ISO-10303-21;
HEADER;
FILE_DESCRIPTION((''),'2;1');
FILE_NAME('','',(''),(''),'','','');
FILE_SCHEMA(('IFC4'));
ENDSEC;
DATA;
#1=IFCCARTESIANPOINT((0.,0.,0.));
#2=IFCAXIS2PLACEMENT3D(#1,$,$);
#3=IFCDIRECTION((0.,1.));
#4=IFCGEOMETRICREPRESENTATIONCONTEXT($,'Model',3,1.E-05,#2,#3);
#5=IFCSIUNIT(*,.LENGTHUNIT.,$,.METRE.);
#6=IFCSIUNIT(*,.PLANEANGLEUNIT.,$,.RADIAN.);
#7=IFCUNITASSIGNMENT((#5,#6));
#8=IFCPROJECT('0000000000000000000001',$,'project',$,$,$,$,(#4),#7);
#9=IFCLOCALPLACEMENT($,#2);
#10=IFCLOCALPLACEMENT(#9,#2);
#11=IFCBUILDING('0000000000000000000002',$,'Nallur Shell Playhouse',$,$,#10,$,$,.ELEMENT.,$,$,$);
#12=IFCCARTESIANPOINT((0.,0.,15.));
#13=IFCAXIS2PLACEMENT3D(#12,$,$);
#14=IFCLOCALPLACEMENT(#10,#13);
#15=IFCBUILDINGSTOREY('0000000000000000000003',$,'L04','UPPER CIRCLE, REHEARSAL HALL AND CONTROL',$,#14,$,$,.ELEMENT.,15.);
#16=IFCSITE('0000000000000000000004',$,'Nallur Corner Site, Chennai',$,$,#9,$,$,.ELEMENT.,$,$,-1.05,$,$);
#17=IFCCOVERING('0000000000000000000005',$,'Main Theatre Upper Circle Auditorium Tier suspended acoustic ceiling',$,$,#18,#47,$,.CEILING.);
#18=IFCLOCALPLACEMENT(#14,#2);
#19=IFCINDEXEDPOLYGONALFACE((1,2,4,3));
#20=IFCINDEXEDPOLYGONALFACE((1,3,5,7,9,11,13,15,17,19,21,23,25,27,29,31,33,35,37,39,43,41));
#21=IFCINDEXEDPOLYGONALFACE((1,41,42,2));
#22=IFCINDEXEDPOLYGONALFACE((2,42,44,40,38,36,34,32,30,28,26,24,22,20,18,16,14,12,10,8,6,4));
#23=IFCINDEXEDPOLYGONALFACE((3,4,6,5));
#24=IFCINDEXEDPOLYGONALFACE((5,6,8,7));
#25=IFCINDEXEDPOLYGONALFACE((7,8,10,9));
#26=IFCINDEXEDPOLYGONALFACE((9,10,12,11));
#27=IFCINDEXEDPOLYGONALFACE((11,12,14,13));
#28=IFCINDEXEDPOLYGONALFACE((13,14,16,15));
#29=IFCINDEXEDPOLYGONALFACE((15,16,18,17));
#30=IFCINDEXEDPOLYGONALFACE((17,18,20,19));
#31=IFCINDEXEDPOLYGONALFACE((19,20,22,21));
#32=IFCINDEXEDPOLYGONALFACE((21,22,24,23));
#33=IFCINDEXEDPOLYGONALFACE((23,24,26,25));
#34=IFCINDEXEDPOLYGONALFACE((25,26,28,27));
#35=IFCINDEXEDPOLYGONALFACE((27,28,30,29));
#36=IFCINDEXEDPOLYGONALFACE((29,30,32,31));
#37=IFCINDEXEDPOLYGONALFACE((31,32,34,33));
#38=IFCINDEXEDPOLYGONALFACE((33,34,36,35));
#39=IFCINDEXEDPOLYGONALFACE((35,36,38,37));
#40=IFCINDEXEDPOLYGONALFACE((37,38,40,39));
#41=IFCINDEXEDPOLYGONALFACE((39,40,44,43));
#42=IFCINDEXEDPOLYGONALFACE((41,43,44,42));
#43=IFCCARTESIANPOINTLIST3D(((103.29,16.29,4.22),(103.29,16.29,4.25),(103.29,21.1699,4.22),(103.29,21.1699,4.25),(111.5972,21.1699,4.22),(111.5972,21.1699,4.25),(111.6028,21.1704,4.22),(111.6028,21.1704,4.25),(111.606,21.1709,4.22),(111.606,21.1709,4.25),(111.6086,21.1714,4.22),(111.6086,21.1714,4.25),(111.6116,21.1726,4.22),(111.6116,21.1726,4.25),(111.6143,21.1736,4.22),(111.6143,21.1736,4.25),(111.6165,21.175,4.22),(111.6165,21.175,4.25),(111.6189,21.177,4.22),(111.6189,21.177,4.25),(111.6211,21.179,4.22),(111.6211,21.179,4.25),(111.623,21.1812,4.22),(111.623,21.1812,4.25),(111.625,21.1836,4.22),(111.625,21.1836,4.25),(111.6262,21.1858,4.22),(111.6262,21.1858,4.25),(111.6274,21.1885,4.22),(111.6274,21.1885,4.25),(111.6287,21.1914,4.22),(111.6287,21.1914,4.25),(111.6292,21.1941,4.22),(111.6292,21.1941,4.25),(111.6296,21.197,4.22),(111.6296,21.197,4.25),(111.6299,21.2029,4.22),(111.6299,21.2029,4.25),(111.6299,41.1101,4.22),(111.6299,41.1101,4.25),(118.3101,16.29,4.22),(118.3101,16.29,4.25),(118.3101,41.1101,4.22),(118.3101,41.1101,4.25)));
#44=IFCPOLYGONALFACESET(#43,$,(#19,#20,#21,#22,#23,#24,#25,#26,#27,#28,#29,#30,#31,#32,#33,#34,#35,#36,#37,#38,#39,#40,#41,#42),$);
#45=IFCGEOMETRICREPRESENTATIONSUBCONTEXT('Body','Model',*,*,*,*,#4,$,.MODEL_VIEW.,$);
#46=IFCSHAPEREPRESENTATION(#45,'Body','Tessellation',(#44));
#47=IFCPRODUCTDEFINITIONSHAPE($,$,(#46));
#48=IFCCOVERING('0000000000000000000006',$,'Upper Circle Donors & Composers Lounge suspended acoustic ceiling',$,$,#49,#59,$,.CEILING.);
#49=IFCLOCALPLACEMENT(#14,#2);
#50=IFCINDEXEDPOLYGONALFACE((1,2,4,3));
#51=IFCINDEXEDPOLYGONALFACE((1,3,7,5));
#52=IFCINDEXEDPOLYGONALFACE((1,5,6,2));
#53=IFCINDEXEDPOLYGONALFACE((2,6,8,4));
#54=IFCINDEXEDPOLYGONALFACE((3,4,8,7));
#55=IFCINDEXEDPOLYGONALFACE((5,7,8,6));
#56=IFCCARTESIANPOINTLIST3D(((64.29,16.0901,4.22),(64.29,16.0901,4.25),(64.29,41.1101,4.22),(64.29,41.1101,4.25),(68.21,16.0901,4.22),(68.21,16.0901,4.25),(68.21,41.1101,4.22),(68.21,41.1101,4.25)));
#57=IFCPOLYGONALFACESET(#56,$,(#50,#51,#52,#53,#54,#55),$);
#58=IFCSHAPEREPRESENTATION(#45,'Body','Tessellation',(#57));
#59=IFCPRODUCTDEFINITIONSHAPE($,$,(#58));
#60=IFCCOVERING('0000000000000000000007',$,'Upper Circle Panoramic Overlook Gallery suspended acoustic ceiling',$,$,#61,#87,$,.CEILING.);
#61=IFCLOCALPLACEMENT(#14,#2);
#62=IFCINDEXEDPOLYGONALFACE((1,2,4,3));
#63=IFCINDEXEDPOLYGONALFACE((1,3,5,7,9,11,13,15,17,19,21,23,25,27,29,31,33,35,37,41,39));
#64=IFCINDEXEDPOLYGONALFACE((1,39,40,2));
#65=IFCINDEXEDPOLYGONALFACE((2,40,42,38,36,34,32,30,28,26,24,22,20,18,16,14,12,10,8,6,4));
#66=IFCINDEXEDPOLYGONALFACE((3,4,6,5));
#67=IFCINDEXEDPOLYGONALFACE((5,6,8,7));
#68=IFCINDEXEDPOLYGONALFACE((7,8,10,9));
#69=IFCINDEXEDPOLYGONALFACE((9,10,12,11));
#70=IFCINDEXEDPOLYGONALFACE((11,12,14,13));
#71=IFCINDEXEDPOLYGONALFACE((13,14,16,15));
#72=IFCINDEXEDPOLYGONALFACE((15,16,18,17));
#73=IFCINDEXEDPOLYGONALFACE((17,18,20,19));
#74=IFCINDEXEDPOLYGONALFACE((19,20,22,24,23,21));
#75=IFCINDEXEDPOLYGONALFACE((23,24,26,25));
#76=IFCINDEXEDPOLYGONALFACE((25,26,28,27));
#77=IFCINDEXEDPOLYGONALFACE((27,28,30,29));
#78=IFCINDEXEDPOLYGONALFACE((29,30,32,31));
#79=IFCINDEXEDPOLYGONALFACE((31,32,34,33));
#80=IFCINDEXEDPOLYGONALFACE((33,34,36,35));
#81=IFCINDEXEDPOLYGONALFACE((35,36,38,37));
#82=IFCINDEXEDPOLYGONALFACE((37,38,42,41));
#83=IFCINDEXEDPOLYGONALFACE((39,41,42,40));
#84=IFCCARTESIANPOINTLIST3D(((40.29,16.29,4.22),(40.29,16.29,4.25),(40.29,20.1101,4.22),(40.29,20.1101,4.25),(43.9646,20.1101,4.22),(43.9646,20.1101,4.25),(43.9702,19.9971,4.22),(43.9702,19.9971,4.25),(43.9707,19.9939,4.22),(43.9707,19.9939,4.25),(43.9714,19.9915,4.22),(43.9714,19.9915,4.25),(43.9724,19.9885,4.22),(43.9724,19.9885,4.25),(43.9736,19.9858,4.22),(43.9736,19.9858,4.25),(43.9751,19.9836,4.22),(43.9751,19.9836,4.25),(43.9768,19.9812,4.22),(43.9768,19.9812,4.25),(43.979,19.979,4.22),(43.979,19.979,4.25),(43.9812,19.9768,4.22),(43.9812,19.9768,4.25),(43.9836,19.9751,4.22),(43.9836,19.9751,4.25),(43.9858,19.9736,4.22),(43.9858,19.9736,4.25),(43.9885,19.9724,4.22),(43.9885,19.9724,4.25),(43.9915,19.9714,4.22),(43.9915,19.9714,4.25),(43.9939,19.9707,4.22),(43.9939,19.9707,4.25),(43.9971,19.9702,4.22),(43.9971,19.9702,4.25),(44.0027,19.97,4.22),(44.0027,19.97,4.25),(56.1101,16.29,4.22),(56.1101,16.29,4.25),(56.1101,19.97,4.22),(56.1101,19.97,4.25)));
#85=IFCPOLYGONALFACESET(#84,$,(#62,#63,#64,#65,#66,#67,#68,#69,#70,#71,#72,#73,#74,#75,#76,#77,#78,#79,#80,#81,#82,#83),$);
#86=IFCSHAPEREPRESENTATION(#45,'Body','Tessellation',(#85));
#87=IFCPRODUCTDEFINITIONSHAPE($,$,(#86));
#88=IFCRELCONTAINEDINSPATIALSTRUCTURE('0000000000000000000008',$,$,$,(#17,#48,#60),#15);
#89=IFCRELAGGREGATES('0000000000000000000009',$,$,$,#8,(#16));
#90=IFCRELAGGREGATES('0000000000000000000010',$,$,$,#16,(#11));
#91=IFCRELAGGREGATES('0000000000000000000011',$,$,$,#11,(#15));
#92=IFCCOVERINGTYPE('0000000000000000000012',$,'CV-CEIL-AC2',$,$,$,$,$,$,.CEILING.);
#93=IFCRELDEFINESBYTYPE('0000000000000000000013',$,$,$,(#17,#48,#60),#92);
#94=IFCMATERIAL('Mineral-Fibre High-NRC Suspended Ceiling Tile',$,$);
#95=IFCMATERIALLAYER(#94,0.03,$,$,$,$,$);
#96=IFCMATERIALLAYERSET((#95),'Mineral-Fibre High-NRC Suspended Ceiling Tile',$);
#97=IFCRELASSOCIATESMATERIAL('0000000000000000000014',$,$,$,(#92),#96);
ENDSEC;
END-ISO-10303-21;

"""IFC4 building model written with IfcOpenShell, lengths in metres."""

from ifc_helpers import new_model, si_unit, direction, frame, origin, place, context, subcontext, project, spatial, polyline, outline, extrude, material, layer, layer_set, type_object, element, save


model = new_model("IFC4")

# Units and contexts
model_context = context("Model", 3, precision=1e-05, world=origin(), true_north=direction((0.0, 1.0)))
body_context = subcontext(model_context, "Body", "Model", "MODEL_VIEW")
ifc_project = project(units=[si_unit("LENGTHUNIT", "METRE"), si_unit("PLANEANGLEUNIT", "RADIAN")], contexts=[model_context])

# Site, building, storey
site_placement = place(None, origin())
site = spatial("IfcSite", under=ifc_project, at=site_placement, Name="Nallur Corner Site, Chennai", CompositionType="ELEMENT", RefElevation=-1.05)
building_placement = place(site_placement, origin())
building = spatial("IfcBuilding", under=site, at=building_placement, Name="Nallur Shell Playhouse", CompositionType="ELEMENT")
storey_placement = place(building_placement, frame((0.0, 0.0, 15.0)))
storey = spatial("IfcBuildingStorey", under=building, at=storey_placement, Name="L04", Description="UPPER CIRCLE, REHEARSAL HALL AND CONTROL", CompositionType="ELEMENT", Elevation=15.0)

# Coverings
ifc_material_1 = material(Name="Mineral-Fibre High-NRC Suspended Ceiling Tile")
ifc_layer_1 = layer(ifc_material_1, 0.03)
ifc_layer_set_1 = layer_set([ifc_layer_1], Name="Mineral-Fibre High-NRC Suspended Ceiling Tile")
covering_type_1 = type_object("IfcCoveringType", Name="CV-CEIL-AC2", PredefinedType="CEILING", material=ifc_layer_set_1)
covering_1_placement = place(storey_placement, frame((0.0, 0.0, 4.22)))
element("IfcCovering", 1, at=covering_1_placement, inside=storey, type_object=covering_type_1, Name="Main Theatre Upper Circle Auditorium Tier suspended acoustic ceiling", PredefinedType="CEILING", context=body_context, shape_type="SweptSolid", body=[
    extrude(outline(polyline([(111.6143, 21.1736), (111.6165, 21.175), (111.6189, 21.177), (111.6211, 21.179), (111.623, 21.1812), (111.625, 21.1836), (111.6262, 21.1858), (111.6274, 21.1885), (111.6287, 21.1914), (111.6292, 21.1941), (111.6296, 21.197), (111.6299, 21.2029), (111.6299, 41.1101), (118.3101, 41.1101), (118.3101, 16.29), (103.29, 16.29), (103.29, 21.1699), (111.5972, 21.1699), (111.6028, 21.1704), (111.606, 21.1709), (111.6086, 21.1714), (111.6116, 21.1726), (111.6143, 21.1736)])), origin(), (0.0, 0.0, 1.0), 0.03),
])
covering_2_placement = place(storey_placement, frame((0.0, 0.0, 4.22)))
element("IfcCovering", 2, at=covering_2_placement, inside=storey, type_object=covering_type_1, Name="Upper Circle Donors & Composers Lounge suspended acoustic ceiling", PredefinedType="CEILING", context=body_context, shape_type="SweptSolid", body=[
    extrude(outline(polyline([(68.21, 41.1101), (68.21, 16.0901), (64.29, 16.0901), (64.29, 41.1101), (68.21, 41.1101)])), origin(), (0.0, 0.0, 1.0), 0.03),
])
covering_3_placement = place(storey_placement, frame((0.0, 0.0, 4.22)))
element("IfcCovering", 3, at=covering_3_placement, inside=storey, type_object=covering_type_1, Name="Upper Circle Panoramic Overlook Gallery suspended acoustic ceiling", PredefinedType="CEILING", context=body_context, shape_type="SweptSolid", body=[
    extrude(outline(polyline([(43.9751, 19.9836), (43.9768, 19.9812), (43.979, 19.979), (43.9812, 19.9768), (43.9836, 19.9751), (43.9858, 19.9736), (43.9885, 19.9724), (43.9915, 19.9714), (43.9939, 19.9707), (43.9971, 19.9702), (44.0027, 19.97), (56.1101, 19.97), (56.1101, 16.29), (40.29, 16.29), (40.29, 20.1101), (43.9646, 20.1101), (43.9702, 19.9971), (43.9707, 19.9939), (43.9714, 19.9915), (43.9724, 19.9885), (43.9736, 19.9858), (43.9751, 19.9836)])), origin(), (0.0, 0.0, 1.0), 0.03),
])

save(model, "model.ifc")
